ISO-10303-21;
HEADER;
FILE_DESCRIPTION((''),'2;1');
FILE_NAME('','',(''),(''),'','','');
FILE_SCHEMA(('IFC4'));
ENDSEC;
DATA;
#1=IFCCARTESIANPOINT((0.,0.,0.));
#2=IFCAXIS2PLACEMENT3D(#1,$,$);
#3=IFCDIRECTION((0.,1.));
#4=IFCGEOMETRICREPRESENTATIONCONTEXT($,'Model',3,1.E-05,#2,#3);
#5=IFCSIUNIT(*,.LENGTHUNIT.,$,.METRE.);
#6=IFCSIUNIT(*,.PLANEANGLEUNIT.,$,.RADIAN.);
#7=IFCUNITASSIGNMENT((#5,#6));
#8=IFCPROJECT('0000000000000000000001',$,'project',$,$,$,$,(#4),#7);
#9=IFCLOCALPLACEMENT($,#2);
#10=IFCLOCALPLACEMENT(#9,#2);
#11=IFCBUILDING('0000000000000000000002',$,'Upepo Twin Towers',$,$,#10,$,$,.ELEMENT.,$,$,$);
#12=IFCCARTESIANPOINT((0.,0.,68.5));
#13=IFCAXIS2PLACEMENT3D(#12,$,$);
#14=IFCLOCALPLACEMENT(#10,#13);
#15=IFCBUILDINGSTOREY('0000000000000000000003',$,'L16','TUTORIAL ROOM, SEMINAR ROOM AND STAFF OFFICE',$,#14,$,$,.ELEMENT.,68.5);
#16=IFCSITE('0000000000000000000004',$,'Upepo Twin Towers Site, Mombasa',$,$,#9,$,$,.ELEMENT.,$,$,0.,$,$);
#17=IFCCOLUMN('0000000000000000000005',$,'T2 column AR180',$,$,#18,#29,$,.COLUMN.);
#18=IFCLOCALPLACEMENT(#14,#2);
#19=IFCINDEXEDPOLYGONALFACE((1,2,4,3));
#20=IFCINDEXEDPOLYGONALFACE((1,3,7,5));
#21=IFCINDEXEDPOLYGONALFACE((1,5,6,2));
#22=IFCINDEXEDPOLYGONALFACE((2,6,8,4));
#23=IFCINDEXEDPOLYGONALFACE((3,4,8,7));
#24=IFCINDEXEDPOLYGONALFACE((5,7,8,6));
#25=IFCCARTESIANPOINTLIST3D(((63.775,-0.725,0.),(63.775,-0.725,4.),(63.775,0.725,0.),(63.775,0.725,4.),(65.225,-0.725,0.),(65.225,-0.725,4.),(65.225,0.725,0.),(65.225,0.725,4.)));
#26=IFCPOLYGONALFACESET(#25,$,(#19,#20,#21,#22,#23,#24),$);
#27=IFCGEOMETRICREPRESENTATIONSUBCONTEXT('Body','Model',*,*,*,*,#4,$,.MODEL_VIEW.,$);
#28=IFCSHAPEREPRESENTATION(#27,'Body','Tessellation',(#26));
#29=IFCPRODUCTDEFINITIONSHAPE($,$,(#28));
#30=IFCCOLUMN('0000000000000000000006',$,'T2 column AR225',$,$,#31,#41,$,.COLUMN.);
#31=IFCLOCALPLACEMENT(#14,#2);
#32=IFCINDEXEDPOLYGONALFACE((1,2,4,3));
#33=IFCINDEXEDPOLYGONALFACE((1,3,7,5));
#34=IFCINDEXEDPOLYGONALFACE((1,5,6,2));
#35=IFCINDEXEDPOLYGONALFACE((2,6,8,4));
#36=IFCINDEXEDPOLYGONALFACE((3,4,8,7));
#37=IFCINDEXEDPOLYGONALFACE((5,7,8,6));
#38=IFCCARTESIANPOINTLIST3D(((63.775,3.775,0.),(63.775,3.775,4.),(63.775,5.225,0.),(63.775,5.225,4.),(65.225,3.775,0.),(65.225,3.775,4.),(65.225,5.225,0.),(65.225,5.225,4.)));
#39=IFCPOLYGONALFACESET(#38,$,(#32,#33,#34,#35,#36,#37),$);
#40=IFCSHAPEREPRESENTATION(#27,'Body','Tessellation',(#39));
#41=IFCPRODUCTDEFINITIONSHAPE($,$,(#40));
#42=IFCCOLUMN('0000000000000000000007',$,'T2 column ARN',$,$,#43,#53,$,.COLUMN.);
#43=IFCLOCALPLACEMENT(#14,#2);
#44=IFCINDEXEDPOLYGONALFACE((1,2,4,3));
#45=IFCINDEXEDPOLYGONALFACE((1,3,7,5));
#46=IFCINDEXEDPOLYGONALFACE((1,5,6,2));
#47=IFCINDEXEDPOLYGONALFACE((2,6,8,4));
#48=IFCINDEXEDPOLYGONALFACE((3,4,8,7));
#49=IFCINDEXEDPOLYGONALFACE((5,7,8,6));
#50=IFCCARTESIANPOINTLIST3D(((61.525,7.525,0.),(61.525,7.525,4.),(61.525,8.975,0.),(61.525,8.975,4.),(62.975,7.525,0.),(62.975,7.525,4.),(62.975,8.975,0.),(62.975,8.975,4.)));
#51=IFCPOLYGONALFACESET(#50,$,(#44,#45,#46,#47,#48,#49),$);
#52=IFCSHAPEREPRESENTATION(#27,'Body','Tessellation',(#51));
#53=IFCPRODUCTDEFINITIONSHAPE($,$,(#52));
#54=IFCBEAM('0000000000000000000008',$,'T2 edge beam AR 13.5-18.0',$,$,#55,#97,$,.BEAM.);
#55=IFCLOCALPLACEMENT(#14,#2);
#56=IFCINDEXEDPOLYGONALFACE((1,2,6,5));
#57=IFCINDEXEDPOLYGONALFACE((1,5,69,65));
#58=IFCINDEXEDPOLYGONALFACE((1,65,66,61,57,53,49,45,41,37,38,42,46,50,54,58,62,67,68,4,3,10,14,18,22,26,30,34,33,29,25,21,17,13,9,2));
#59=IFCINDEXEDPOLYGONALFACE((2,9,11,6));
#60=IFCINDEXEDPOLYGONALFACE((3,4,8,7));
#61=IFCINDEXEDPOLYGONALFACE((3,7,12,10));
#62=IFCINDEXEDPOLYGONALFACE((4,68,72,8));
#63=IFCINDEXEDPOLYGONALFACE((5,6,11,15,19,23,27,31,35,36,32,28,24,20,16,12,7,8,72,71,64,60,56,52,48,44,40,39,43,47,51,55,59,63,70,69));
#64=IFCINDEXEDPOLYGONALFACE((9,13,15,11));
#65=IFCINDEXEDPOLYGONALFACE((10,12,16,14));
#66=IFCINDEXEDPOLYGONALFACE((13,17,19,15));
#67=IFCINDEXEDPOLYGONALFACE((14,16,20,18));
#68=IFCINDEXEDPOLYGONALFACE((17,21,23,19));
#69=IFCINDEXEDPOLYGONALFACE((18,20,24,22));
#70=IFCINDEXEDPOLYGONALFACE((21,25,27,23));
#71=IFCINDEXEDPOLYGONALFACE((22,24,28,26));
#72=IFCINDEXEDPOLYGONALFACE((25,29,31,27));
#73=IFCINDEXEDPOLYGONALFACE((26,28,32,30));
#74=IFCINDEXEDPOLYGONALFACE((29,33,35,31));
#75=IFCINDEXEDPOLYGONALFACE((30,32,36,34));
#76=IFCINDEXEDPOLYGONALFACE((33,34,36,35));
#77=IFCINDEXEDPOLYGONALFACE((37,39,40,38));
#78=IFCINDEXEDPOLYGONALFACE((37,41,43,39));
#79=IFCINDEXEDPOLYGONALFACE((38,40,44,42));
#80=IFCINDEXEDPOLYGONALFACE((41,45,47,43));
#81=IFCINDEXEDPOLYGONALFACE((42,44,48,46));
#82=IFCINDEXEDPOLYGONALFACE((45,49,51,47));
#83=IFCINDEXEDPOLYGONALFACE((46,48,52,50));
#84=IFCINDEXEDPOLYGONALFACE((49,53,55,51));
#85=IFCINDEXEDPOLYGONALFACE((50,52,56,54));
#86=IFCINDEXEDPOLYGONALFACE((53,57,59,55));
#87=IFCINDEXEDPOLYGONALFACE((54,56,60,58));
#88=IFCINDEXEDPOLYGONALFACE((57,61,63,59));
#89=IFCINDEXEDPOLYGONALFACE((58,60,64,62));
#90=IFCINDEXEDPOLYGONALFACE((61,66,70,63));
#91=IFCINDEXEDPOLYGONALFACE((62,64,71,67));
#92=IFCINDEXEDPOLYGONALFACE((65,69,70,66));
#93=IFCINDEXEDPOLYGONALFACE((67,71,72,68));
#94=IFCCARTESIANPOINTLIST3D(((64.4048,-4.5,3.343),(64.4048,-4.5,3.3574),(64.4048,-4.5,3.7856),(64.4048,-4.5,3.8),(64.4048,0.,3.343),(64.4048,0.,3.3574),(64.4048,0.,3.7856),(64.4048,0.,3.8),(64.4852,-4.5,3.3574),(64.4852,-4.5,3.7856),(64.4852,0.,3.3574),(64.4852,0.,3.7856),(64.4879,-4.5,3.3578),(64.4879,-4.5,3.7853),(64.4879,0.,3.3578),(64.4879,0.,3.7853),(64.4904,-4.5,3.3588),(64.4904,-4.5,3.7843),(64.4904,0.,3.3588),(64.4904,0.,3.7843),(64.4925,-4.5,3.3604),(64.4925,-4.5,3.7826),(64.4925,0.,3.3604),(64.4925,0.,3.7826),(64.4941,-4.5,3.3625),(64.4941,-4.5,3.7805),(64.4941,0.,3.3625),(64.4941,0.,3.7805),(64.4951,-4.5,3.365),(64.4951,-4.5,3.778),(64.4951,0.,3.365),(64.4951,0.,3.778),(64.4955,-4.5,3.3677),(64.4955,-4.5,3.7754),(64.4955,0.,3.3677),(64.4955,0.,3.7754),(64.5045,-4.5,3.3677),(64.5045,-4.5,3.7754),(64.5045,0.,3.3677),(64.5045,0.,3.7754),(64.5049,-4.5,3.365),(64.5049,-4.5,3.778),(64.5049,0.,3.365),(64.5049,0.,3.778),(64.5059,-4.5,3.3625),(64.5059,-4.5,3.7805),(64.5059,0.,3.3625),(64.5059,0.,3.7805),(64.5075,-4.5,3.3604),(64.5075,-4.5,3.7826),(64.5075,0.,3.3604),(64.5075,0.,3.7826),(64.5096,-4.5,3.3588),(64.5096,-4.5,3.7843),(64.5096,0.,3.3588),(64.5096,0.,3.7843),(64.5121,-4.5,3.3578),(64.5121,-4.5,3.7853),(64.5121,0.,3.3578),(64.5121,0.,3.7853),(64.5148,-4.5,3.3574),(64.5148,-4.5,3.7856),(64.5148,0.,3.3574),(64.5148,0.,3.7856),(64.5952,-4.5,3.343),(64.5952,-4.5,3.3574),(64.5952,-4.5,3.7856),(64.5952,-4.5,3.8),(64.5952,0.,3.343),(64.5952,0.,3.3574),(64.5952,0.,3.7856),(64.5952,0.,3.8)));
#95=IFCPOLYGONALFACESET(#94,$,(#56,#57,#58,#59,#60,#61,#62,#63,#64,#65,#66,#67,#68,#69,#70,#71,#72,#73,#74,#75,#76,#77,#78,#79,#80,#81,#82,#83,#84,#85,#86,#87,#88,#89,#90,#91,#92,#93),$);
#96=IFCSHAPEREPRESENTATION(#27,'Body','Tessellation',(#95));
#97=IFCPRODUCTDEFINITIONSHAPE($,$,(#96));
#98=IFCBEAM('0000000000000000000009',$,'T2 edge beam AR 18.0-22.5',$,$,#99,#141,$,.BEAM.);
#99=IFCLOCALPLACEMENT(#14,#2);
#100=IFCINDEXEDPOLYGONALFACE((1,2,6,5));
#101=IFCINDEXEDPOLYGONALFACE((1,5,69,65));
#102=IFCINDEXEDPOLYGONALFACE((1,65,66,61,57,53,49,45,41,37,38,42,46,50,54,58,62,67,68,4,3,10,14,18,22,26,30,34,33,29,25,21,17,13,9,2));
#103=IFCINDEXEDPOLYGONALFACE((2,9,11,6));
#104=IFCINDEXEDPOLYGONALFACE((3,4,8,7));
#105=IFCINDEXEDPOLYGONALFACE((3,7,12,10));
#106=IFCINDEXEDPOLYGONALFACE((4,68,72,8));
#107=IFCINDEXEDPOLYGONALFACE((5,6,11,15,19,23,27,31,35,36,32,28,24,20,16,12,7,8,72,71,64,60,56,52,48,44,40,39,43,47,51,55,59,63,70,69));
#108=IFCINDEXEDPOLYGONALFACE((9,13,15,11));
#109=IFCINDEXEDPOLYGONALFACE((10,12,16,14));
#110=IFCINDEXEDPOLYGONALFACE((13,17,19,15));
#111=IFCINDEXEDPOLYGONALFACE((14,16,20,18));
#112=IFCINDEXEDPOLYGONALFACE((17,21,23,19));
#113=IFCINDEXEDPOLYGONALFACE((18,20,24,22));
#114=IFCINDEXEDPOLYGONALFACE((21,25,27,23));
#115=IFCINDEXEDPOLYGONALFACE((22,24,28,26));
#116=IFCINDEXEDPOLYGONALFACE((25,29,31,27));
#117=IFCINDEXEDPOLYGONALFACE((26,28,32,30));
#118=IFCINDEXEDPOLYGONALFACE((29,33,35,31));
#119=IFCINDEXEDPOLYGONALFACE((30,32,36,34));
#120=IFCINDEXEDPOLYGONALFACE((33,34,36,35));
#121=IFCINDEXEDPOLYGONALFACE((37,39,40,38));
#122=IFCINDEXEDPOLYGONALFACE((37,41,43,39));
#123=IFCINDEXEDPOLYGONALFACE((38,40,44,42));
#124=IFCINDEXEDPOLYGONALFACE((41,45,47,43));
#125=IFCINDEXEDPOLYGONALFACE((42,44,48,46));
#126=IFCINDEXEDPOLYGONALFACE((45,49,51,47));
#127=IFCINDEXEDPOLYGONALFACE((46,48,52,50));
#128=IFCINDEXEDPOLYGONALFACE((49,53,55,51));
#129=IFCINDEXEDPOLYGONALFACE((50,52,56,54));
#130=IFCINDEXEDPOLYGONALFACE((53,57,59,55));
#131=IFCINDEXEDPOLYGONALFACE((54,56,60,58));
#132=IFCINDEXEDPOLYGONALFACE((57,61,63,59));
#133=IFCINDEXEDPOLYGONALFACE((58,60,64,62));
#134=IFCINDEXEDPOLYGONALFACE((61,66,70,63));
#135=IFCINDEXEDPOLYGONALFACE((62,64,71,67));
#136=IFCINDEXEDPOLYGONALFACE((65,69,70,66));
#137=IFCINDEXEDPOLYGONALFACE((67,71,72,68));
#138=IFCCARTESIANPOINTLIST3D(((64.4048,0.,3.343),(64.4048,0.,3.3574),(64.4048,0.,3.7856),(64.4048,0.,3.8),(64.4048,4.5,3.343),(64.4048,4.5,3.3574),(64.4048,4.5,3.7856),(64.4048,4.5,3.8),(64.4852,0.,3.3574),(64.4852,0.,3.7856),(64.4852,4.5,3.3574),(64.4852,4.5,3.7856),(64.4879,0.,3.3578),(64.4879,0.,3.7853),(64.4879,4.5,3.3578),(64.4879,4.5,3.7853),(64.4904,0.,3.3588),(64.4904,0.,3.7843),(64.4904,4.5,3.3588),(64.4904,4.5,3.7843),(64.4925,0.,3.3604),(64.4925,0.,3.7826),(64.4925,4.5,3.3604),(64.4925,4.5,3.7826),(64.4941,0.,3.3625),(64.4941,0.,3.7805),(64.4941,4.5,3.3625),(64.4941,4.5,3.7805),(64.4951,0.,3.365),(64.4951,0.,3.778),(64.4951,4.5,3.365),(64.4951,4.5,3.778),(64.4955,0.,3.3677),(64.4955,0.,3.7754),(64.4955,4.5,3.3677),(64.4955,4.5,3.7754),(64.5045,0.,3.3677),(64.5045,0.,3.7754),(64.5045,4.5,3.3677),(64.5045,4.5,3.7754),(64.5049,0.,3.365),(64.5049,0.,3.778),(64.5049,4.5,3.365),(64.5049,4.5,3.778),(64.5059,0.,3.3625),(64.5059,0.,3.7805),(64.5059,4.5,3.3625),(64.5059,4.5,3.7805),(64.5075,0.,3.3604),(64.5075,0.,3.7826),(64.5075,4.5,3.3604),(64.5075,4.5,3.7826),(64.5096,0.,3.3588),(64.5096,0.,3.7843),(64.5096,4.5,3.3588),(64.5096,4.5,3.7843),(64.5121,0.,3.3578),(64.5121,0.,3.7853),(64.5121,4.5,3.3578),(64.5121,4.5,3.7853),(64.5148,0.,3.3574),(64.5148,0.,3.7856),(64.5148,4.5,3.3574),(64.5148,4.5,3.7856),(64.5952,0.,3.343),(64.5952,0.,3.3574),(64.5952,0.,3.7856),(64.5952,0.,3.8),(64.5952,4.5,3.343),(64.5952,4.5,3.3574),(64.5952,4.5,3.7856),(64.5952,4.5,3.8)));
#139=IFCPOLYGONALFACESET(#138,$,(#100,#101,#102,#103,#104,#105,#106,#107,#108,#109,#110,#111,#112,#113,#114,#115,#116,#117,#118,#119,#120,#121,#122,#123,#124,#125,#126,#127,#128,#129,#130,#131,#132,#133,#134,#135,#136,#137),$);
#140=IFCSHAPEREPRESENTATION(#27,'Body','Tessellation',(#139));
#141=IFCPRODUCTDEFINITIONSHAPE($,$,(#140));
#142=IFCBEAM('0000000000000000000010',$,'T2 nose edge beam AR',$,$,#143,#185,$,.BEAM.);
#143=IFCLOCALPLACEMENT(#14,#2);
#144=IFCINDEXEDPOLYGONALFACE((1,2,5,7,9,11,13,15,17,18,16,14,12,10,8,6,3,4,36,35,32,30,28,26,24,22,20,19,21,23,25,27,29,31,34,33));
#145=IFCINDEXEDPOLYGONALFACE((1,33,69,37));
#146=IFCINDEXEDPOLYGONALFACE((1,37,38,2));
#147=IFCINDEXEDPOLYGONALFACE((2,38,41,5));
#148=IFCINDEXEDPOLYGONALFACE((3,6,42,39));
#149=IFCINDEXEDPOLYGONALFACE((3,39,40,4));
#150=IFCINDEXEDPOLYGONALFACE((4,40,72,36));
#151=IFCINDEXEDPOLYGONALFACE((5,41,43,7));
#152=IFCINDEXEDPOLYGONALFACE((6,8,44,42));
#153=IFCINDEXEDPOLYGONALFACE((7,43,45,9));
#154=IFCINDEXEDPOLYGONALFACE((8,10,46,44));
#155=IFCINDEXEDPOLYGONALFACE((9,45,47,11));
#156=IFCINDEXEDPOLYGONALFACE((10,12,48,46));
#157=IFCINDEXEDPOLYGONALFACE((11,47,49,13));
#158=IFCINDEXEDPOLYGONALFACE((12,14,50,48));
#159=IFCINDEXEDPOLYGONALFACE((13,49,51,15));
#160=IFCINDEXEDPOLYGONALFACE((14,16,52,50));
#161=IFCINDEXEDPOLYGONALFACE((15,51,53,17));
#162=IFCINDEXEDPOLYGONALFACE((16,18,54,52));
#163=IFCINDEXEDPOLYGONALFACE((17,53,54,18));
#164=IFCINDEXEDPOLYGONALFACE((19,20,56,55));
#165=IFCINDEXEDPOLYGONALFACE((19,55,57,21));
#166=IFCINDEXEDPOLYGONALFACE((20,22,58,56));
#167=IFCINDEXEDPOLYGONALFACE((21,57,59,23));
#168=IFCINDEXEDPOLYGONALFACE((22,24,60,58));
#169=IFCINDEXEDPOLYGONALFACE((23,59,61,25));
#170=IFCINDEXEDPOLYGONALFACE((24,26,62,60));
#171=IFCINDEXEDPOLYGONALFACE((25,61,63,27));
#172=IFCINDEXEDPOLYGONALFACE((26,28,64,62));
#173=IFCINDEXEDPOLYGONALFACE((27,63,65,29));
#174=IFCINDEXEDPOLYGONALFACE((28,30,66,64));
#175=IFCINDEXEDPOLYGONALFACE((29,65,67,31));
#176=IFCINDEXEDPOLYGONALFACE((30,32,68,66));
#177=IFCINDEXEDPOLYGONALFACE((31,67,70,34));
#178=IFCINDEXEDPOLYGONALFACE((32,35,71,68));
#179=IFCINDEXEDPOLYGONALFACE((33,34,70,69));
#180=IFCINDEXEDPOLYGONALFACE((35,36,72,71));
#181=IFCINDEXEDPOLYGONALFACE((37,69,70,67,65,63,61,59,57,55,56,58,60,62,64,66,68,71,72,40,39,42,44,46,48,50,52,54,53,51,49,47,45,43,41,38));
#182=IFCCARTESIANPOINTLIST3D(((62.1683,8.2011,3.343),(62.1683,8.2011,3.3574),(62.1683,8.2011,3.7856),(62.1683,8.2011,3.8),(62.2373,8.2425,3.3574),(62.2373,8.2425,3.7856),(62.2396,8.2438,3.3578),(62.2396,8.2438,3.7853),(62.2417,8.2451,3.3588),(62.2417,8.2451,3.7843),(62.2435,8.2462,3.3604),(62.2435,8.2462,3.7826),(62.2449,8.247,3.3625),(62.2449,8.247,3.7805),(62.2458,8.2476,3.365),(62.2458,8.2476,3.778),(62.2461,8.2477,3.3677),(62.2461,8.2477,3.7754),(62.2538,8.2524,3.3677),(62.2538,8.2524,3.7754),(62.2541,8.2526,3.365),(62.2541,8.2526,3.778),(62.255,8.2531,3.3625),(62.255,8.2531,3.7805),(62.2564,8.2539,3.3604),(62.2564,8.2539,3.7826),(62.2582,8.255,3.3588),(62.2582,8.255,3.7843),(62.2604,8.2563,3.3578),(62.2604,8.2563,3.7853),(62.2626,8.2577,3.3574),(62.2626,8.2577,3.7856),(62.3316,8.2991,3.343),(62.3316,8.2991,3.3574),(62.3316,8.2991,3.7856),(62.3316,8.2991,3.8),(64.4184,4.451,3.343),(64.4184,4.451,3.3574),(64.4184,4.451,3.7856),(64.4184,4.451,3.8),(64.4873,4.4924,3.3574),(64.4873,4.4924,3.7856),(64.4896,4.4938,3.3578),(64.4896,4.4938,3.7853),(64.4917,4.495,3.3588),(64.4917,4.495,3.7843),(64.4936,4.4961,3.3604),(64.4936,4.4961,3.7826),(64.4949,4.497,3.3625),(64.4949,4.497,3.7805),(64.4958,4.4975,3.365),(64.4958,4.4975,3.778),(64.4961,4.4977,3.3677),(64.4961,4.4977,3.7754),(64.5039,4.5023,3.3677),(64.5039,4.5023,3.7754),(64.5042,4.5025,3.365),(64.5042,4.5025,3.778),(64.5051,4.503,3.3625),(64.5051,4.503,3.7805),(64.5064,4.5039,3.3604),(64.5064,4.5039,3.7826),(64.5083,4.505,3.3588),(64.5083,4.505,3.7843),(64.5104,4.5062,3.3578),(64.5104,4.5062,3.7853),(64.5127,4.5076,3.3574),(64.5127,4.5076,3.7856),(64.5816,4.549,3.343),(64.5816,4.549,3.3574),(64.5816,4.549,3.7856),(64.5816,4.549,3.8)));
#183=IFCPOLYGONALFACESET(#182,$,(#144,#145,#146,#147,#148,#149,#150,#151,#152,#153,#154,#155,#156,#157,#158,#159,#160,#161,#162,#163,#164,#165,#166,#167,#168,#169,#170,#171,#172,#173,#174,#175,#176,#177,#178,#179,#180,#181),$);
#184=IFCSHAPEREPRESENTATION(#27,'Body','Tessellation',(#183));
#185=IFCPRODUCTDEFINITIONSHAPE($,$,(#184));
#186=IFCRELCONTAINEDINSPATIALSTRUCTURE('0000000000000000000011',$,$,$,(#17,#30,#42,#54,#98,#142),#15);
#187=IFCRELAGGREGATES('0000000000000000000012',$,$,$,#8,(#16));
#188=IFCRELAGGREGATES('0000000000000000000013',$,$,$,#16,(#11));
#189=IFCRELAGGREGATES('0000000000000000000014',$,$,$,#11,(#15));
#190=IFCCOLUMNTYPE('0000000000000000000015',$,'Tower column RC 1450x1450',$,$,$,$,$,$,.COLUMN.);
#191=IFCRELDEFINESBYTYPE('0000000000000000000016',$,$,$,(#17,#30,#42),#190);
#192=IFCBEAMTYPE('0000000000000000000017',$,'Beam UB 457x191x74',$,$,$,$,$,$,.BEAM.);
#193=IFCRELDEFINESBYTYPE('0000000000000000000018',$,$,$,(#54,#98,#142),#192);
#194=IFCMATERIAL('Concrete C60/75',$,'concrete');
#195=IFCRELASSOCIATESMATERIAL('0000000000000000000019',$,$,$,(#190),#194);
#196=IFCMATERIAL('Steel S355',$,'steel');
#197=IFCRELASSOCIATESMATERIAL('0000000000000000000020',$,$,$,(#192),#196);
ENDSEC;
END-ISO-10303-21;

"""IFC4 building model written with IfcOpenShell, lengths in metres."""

from ifc_helpers import new_model, si_unit, direction, frame, origin, origin_2d, place, context, subcontext, project, spatial, rectangle, i_section, extrude, material, material_profile, profile_set, type_object, element, save


model = new_model("IFC4")

# Units and contexts
model_context = context("Model", 3, precision=1e-05, world=origin(), true_north=direction((0.0, 1.0)))
body_context = subcontext(model_context, "Body", "Model", "MODEL_VIEW")
ifc_project = project(units=[si_unit("LENGTHUNIT", "METRE"), si_unit("PLANEANGLEUNIT", "RADIAN")], contexts=[model_context])

# Site, building, storey
site_placement = place(None, origin())
site = spatial("IfcSite", under=ifc_project, at=site_placement, Name="Upepo Twin Towers Site, Mombasa", CompositionType="ELEMENT", RefElevation=0.0)
building_placement = place(site_placement, origin())
building = spatial("IfcBuilding", under=site, at=building_placement, Name="Upepo Twin Towers", CompositionType="ELEMENT")
storey_placement = place(building_placement, frame((0.0, 0.0, 68.5)))
storey = spatial("IfcBuildingStorey", under=building, at=storey_placement, Name="L16", Description="TUTORIAL ROOM, SEMINAR ROOM AND STAFF OFFICE", CompositionType="ELEMENT", Elevation=68.5)

# Columns
ifc_material_1 = material(Name="Concrete C60/75", Category="concrete")
ifc_material_profile_1 = material_profile(ifc_material_1, rectangle(XDim=1.45, YDim=1.45, at=origin_2d()), Name="RC 1450x1450")
ifc_profile_set_1 = profile_set([ifc_material_profile_1], Name="Concrete C60/75")
column_type = type_object("IfcColumnType", Name="Tower column RC 1450x1450", PredefinedType="COLUMN", material=ifc_profile_set_1)
for number, where, z_axis, x_axis, name in (
    (1, (64.5, 0.0, 0.0), (0.0, 0.0, 1.0), (1.0, 0.0, 0.0), "T2 column AR180"),
    (2, (64.5, 4.5, 0.0), (0.0, 0.0, 1.0), (1.0, 0.0, 0.0), "T2 column AR225"),
    (3, (62.25, 8.25, 0.0), (0.0, 0.0, 1.0), (1.0, 0.0, 0.0), "T2 column ARN"),
):
    element("IfcColumn", number, at=place(storey_placement, frame(where, z_axis=z_axis, x_axis=x_axis)), inside=storey, type_object=column_type, Name=name, PredefinedType="COLUMN", context=body_context, shape_type="SweptSolid", body=[
        extrude(rectangle(XDim=1.45, YDim=1.45, at=origin_2d()), origin(), (0.0, 0.0, 1.0), 4.0),
    ])

# Beams
ifc_material_2 = material(Name="Steel S355", Category="steel")
ifc_material_profile_2 = material_profile(ifc_material_2, i_section(OverallWidth=0.1904, OverallDepth=0.457, WebThickness=0.009, FlangeThickness=0.0144, FilletRadius=0.0103, at=origin_2d()), Name="UB 457x191x74")
ifc_profile_set_2 = profile_set([ifc_material_profile_2], Name="Steel S355")
beam_type_1 = type_object("IfcBeamType", Name="Beam UB 457x191x74", PredefinedType="BEAM", material=ifc_profile_set_2)
for number, where, z_axis, x_axis, name in (
    (4, (64.5, -4.5, 3.5715), (0.0, 1.0, 0.0), (-1.0, 0.0, 0.0), "T2 edge beam AR 13.5-18.0"),
    (5, (64.5, 0.0, 3.5715), (0.0, 1.0, 0.0), (-1.0, 0.0, 0.0), "T2 edge beam AR 18.0-22.5"),
):
    element("IfcBeam", number, at=place(storey_placement, frame(where, z_axis=z_axis, x_axis=x_axis)), inside=storey, type_object=beam_type_1, Name=name, PredefinedType="BEAM", context=body_context, shape_type="SweptSolid", body=[
        extrude(i_section(OverallWidth=0.1904, OverallDepth=0.457, WebThickness=0.009, FlangeThickness=0.0144, FilletRadius=0.0103, at=origin_2d()), origin(), (0.0, 0.0, 1.0), 4.5),
    ])
beam_1_placement = place(storey_placement, frame((64.5, 4.5, 3.5715), z_axis=(-0.514496, 0.857493, 0.0), x_axis=(-0.857493, -0.514496, 0.0)))
element("IfcBeam", 6, at=beam_1_placement, inside=storey, type_object=beam_type_1, Name="T2 nose edge beam AR", PredefinedType="BEAM", context=body_context, shape_type="SweptSolid", body=[
    extrude(i_section(OverallWidth=0.1904, OverallDepth=0.457, WebThickness=0.009, FlangeThickness=0.0144, FilletRadius=0.0103, at=origin_2d()), origin(), (0.0, 0.0, 1.0), 4.3733),
])

save(model, "model.ifc")
